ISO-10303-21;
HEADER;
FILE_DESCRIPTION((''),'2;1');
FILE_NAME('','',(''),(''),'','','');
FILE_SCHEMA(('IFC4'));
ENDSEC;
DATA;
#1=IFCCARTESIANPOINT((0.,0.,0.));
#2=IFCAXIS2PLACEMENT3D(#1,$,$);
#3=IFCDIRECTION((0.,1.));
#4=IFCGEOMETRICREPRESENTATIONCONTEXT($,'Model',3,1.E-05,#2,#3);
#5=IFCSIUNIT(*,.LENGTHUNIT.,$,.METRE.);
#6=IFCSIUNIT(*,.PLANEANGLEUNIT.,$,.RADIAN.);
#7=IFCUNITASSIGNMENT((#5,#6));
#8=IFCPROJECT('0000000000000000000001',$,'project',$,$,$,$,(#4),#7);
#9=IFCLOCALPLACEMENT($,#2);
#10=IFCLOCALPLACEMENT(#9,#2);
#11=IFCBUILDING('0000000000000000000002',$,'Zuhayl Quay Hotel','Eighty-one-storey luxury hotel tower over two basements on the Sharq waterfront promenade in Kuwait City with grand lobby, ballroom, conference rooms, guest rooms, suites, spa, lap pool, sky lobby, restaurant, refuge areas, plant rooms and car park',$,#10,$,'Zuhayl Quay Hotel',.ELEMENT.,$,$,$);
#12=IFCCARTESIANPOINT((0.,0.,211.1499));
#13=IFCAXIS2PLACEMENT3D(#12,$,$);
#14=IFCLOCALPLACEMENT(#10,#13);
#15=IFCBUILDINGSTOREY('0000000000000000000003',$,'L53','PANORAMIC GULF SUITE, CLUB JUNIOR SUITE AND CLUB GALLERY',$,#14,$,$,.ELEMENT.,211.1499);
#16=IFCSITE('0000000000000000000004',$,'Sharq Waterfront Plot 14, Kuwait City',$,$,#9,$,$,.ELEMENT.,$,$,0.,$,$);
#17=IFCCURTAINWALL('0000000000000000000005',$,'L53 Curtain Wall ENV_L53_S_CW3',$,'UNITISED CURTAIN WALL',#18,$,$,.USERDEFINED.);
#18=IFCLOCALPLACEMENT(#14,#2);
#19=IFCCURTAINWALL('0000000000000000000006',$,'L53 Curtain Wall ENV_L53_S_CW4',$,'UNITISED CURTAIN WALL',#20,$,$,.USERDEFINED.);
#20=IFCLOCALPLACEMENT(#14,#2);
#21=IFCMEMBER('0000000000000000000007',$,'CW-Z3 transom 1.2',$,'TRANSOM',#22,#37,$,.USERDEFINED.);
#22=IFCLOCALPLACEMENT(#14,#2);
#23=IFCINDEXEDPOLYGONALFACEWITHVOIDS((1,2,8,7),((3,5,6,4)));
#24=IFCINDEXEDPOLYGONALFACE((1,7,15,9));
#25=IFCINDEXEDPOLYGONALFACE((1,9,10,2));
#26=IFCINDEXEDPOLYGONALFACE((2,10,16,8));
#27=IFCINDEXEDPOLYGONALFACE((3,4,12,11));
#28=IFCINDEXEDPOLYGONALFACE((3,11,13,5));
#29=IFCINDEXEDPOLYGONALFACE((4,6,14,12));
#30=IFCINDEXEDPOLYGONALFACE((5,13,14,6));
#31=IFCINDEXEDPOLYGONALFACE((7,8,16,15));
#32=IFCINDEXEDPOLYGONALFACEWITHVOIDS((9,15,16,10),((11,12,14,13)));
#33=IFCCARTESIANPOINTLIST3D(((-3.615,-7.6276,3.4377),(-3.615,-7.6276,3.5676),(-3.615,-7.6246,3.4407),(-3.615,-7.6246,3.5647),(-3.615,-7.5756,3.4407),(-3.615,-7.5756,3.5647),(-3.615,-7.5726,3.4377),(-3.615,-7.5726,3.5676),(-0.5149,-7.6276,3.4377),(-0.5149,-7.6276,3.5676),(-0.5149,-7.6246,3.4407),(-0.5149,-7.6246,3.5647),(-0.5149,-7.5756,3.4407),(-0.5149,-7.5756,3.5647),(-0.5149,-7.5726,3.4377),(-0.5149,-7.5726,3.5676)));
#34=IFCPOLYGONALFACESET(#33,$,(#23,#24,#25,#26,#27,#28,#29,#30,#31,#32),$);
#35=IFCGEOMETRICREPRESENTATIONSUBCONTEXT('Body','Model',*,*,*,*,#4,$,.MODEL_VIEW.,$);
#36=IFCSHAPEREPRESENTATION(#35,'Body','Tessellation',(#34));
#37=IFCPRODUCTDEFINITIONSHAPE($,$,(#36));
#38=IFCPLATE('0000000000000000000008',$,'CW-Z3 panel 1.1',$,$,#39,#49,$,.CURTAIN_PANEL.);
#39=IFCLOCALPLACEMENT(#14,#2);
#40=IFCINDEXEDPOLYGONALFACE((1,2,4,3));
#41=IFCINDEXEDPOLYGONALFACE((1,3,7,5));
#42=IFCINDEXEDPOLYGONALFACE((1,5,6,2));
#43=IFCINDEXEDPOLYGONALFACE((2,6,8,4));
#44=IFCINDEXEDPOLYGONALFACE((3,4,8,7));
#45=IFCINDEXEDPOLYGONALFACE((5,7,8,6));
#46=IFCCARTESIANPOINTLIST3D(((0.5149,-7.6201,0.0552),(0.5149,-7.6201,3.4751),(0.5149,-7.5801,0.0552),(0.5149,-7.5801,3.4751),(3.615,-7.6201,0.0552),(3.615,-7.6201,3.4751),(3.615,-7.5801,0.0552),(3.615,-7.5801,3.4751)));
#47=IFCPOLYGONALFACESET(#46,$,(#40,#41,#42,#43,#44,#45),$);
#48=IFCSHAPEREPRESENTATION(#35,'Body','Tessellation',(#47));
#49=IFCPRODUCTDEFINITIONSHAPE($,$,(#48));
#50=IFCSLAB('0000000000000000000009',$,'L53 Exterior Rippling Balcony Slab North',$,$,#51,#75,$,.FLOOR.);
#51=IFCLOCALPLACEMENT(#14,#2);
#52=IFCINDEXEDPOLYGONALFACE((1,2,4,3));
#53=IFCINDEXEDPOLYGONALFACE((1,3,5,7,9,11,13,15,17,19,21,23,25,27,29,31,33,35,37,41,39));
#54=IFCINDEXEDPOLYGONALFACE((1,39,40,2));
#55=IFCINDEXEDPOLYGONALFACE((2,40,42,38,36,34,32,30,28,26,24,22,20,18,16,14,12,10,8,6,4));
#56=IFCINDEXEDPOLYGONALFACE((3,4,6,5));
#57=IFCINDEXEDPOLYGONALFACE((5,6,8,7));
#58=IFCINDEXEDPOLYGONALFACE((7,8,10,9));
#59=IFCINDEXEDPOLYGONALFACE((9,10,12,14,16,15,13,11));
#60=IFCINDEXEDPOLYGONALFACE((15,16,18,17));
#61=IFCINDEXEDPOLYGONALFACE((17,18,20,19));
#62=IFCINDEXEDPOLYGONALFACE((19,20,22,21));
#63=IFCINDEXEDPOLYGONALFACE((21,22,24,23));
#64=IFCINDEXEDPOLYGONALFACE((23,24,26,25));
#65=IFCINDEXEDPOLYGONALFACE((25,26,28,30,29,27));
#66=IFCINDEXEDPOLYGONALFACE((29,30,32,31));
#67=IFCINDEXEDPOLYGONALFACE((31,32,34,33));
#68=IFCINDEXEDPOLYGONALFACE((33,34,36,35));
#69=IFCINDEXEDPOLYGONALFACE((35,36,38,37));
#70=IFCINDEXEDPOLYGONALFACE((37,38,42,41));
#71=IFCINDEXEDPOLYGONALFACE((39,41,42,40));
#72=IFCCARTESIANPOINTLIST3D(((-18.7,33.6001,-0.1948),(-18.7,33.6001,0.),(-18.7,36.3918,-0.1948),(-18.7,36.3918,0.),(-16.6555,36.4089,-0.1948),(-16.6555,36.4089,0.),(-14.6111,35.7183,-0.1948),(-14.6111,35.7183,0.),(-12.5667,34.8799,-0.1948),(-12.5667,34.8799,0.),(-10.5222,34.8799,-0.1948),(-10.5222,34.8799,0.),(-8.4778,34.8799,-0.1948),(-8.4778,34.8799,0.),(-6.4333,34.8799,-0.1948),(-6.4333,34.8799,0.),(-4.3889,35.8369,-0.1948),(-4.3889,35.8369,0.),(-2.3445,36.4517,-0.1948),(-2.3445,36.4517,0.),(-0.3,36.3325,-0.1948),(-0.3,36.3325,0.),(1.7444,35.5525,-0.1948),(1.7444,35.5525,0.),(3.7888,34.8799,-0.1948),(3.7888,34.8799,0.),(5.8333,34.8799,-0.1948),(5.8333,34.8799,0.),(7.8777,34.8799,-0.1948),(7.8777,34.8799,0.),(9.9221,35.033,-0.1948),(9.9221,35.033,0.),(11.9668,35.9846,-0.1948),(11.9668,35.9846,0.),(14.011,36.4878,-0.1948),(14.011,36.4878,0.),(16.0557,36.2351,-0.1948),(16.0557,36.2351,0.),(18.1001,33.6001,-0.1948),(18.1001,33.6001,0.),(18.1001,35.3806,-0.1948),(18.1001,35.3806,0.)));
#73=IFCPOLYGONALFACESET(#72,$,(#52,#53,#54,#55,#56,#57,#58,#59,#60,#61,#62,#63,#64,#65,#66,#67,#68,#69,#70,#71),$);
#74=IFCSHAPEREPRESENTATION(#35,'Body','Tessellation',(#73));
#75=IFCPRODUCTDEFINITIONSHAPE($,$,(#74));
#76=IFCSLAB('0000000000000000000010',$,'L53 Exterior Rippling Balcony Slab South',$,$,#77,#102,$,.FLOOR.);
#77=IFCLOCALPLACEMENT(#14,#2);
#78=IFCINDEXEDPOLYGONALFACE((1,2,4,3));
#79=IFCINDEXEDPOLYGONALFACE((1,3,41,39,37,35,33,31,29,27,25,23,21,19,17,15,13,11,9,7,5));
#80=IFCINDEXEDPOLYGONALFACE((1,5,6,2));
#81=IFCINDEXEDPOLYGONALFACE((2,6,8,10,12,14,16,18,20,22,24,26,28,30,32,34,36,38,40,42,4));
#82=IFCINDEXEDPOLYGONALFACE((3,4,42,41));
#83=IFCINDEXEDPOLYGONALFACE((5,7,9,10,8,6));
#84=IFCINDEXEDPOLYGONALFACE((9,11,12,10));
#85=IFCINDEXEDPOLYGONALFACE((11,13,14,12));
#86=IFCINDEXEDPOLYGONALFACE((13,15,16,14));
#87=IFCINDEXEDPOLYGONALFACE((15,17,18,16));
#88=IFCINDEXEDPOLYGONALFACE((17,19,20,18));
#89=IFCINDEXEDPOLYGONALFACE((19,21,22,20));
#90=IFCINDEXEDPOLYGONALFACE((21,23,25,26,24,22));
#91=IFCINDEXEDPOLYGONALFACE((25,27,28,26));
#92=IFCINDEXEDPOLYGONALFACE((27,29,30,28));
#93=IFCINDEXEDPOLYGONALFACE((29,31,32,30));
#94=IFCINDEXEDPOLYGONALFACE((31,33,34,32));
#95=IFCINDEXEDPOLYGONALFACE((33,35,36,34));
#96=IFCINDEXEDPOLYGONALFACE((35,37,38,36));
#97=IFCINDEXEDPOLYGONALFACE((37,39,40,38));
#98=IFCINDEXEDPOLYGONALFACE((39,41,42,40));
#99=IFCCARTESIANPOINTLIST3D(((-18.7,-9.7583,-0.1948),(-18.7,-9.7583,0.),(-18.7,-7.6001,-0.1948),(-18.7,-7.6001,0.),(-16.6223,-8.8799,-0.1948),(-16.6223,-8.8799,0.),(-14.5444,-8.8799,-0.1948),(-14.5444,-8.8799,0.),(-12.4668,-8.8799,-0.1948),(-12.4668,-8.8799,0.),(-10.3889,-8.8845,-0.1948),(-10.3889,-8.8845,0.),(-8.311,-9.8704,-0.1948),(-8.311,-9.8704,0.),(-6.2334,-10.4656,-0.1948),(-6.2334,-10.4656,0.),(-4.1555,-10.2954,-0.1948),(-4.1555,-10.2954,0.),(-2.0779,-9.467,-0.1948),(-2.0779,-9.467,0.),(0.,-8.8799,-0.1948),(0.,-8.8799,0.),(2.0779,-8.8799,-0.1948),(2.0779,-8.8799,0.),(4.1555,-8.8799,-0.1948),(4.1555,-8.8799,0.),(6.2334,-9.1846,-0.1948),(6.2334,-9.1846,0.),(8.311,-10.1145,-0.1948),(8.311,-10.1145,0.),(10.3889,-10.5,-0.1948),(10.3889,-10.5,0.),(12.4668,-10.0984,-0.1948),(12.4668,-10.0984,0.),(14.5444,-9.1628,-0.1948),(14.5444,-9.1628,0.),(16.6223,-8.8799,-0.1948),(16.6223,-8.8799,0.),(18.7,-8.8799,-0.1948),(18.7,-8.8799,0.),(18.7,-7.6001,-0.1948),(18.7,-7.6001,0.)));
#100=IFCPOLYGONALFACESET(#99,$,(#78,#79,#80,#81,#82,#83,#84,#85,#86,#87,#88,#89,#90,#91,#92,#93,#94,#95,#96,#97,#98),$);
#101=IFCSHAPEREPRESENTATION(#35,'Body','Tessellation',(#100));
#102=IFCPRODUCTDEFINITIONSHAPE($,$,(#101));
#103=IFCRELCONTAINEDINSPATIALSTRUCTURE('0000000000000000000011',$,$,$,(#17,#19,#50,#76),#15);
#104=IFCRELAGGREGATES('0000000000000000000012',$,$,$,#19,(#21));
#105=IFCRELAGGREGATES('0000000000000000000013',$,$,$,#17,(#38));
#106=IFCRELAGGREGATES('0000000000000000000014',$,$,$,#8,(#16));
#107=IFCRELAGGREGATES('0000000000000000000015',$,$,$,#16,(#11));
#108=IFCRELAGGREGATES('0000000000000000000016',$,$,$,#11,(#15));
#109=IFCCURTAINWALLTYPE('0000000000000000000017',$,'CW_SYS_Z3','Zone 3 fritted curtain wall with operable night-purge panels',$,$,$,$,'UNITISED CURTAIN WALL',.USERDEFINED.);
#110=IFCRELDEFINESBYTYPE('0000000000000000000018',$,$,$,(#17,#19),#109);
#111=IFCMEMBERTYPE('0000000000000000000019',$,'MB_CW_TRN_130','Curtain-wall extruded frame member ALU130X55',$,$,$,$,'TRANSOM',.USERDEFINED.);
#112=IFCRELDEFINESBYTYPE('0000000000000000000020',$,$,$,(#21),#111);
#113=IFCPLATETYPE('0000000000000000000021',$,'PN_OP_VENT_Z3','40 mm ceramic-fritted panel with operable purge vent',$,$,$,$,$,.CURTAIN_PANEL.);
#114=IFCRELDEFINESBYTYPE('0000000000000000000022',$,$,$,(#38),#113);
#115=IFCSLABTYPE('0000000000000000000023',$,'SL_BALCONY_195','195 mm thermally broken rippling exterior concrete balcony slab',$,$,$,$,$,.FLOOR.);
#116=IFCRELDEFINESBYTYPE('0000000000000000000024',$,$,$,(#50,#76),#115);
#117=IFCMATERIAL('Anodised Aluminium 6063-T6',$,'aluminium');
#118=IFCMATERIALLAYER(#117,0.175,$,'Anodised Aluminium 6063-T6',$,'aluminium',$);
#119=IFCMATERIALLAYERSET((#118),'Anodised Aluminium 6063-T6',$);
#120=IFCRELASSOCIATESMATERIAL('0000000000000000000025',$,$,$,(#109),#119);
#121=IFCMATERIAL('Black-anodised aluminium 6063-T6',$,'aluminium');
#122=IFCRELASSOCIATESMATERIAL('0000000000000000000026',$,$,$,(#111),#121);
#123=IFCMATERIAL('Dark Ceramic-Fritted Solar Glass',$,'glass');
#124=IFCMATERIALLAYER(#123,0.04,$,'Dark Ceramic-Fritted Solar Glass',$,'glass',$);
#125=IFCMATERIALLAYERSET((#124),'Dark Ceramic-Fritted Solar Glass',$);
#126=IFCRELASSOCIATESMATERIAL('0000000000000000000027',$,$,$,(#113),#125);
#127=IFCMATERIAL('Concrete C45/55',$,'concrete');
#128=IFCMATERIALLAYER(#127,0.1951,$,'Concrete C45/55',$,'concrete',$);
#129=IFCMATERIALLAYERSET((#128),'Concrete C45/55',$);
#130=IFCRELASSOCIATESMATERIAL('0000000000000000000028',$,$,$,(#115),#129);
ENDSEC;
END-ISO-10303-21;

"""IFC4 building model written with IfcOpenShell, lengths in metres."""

from ifc_helpers import new_model, si_unit, direction, frame, origin, origin_2d, place, context, subcontext, project, spatial, polyline, rectangle, hollow_rectangle, outline, extrude, material, layer, layer_set, material_profile, profile_set, type_object, element, aggregate, save


model = new_model("IFC4")

# Units and contexts
model_context = context("Model", 3, precision=1e-05, world=origin(), true_north=direction((0.0, 1.0)))
body_context = subcontext(model_context, "Body", "Model", "MODEL_VIEW")
ifc_project = project(units=[si_unit("LENGTHUNIT", "METRE"), si_unit("PLANEANGLEUNIT", "RADIAN")], contexts=[model_context])

# Site, building, storey
site_placement = place(None, origin())
site = spatial("IfcSite", under=ifc_project, at=site_placement, Name="Sharq Waterfront Plot 14, Kuwait City", CompositionType="ELEMENT", RefElevation=0.0)
building_placement = place(site_placement, origin())
building = spatial("IfcBuilding", under=site, at=building_placement, Name="Zuhayl Quay Hotel", Description="Eighty-one-storey luxury hotel tower over two basements on the Sharq waterfront promenade in Kuwait City with grand lobby, ballroom, conference rooms, guest rooms, suites, spa, lap pool, sky lobby, restaurant, refuge areas, plant rooms and car park", LongName="Zuhayl Quay Hotel", CompositionType="ELEMENT")
storey_placement = place(building_placement, frame((0.0, 0.0, 211.1499)))
storey = spatial("IfcBuildingStorey", under=building, at=storey_placement, Name="L53", Description="PANORAMIC GULF SUITE, CLUB JUNIOR SUITE AND CLUB GALLERY", CompositionType="ELEMENT", Elevation=211.1499)

# Curtain wall
ifc_material_1 = material(Name="Anodised Aluminium 6063-T6", Category="aluminium")
ifc_layer_1 = layer(ifc_material_1, 0.175, Name="Anodised Aluminium 6063-T6", Category="aluminium")
ifc_layer_set_1 = layer_set([ifc_layer_1], Name="Anodised Aluminium 6063-T6")
curtain_wall_type = type_object("IfcCurtainWallType", Name="CW_SYS_Z3", Description="Zone 3 fritted curtain wall with operable night-purge panels", ElementType="UNITISED CURTAIN WALL", PredefinedType="USERDEFINED", material=ifc_layer_set_1)
curtain_wall_1_placement = place(storey_placement, origin())
curtain_wall_1 = element("IfcCurtainWall", 1, at=curtain_wall_1_placement, inside=storey, type_object=curtain_wall_type, Name="L53 Curtain Wall ENV_L53_S_CW3", ObjectType="UNITISED CURTAIN WALL", PredefinedType="USERDEFINED")
ifc_material_2 = material(Name="Black-anodised aluminium 6063-T6", Category="aluminium")

# Curtain wall
curtain_wall_2_placement = place(storey_placement, origin())
curtain_wall_2 = element("IfcCurtainWall", 2, at=curtain_wall_2_placement, inside=storey, type_object=curtain_wall_type, Name="L53 Curtain Wall ENV_L53_S_CW4", ObjectType="UNITISED CURTAIN WALL", PredefinedType="USERDEFINED")

# Member
ifc_material_profile_1 = material_profile(ifc_material_2, hollow_rectangle(XDim=0.0549, YDim=0.1299, WallThickness=0.0029, at=origin_2d()), Name="ALU130X55")
ifc_profile_set_1 = profile_set([ifc_material_profile_1], Name="Black-anodised aluminium 6063-T6")
member_type_1 = type_object("IfcMemberType", Name="MB_CW_TRN_130", Description="Curtain-wall extruded frame member ALU130X55", ElementType="TRANSOM", PredefinedType="USERDEFINED", material=ifc_profile_set_1)
member_1_placement = place(storey_placement, frame((-0.5149, -7.6001, 3.5027), z_axis=(-1.0, 0.0, 0.0), x_axis=(0.0, -1.0, 0.0)))
member_1 = element("IfcMember", 3, at=member_1_placement, type_object=member_type_1, Name="CW-Z3 transom 1.2", ObjectType="TRANSOM", PredefinedType="USERDEFINED", context=body_context, shape_type="SweptSolid", body=[
    extrude(hollow_rectangle(XDim=0.0549, YDim=0.1299, WallThickness=0.0029, at=origin_2d()), origin(), (0.0, 0.0, 1.0), 3.1001),
])
aggregate(curtain_wall_2, [member_1])

# Plate
ifc_material_3 = material(Name="Dark Ceramic-Fritted Solar Glass", Category="glass")
ifc_layer_2 = layer(ifc_material_3, 0.04, Name="Dark Ceramic-Fritted Solar Glass", Category="glass")
ifc_layer_set_2 = layer_set([ifc_layer_2], Name="Dark Ceramic-Fritted Solar Glass")
plate_type = type_object("IfcPlateType", Name="PN_OP_VENT_Z3", Description="40 mm ceramic-fritted panel with operable purge vent", PredefinedType="CURTAIN_PANEL", material=ifc_layer_set_2)
plate_placement = place(storey_placement, frame((2.0649, -7.6001, 0.0552), z_axis=(0.0, 0.0, 1.0), x_axis=(-1.0, 0.0, 0.0)))
plate = element("IfcPlate", 4, at=plate_placement, type_object=plate_type, Name="CW-Z3 panel 1.1", PredefinedType="CURTAIN_PANEL", context=body_context, shape_type="SweptSolid", body=[
    extrude(rectangle(XDim=3.1001, YDim=0.04, at=origin_2d()), origin(), (0.0, 0.0, 1.0), 3.4199),
])
aggregate(curtain_wall_1, [plate])

# Slabs
ifc_material_4 = material(Name="Concrete C45/55", Category="concrete")
ifc_layer_3 = layer(ifc_material_4, 0.1951, Name="Concrete C45/55", Category="concrete")
ifc_layer_set_3 = layer_set([ifc_layer_3], Name="Concrete C45/55")
slab_type_1 = type_object("IfcSlabType", Name="SL_BALCONY_195", Description="195 mm thermally broken rippling exterior concrete balcony slab", PredefinedType="FLOOR", material=ifc_layer_set_3)
slab_1_placement = place(storey_placement, frame((0.0, 0.0, -0.1948)))
element("IfcSlab", 5, at=slab_1_placement, inside=storey, type_object=slab_type_1, Name="L53 Exterior Rippling Balcony Slab North", PredefinedType="FLOOR", context=body_context, shape_type="SweptSolid", body=[
    extrude(outline(polyline([(-18.7, 33.6001), (18.1001, 33.6001), (18.1001, 35.3806), (16.0557, 36.2351), (14.011, 36.4878), (11.9668, 35.9846), (9.9221, 35.033), (7.8777, 34.8799), (5.8333, 34.8799), (3.7888, 34.8799), (1.7444, 35.5525), (-0.3, 36.3325), (-2.3445, 36.4517), (-4.3889, 35.8369), (-6.4333, 34.8799), (-8.4778, 34.8799), (-10.5222, 34.8799), (-12.5667, 34.8799), (-14.6111, 35.7183), (-16.6555, 36.4089), (-18.7, 36.3918), (-18.7, 33.6001)])), origin(), (0.0, 0.0, 1.0), 0.1948),
])
slab_2_placement = place(storey_placement, frame((0.0, 0.0, -0.1948)))
element("IfcSlab", 6, at=slab_2_placement, inside=storey, type_object=slab_type_1, Name="L53 Exterior Rippling Balcony Slab South", PredefinedType="FLOOR", context=body_context, shape_type="SweptSolid", body=[
    extrude(outline(polyline([(-18.7, -9.7583), (-16.6223, -8.8799), (-14.5444, -8.8799), (-12.4668, -8.8799), (-10.3889, -8.8845), (-8.311, -9.8704), (-6.2334, -10.4656), (-4.1555, -10.2954), (-2.0779, -9.467), (0.0, -8.8799), (2.0779, -8.8799), (4.1555, -8.8799), (6.2334, -9.1846), (8.311, -10.1145), (10.3889, -10.5), (12.4668, -10.0984), (14.5444, -9.1628), (16.6223, -8.8799), (18.7, -8.8799), (18.7, -7.6001), (-18.7, -7.6001), (-18.7, -9.7583)])), origin(), (0.0, 0.0, 1.0), 0.1948),
])

save(model, "model.ifc")
